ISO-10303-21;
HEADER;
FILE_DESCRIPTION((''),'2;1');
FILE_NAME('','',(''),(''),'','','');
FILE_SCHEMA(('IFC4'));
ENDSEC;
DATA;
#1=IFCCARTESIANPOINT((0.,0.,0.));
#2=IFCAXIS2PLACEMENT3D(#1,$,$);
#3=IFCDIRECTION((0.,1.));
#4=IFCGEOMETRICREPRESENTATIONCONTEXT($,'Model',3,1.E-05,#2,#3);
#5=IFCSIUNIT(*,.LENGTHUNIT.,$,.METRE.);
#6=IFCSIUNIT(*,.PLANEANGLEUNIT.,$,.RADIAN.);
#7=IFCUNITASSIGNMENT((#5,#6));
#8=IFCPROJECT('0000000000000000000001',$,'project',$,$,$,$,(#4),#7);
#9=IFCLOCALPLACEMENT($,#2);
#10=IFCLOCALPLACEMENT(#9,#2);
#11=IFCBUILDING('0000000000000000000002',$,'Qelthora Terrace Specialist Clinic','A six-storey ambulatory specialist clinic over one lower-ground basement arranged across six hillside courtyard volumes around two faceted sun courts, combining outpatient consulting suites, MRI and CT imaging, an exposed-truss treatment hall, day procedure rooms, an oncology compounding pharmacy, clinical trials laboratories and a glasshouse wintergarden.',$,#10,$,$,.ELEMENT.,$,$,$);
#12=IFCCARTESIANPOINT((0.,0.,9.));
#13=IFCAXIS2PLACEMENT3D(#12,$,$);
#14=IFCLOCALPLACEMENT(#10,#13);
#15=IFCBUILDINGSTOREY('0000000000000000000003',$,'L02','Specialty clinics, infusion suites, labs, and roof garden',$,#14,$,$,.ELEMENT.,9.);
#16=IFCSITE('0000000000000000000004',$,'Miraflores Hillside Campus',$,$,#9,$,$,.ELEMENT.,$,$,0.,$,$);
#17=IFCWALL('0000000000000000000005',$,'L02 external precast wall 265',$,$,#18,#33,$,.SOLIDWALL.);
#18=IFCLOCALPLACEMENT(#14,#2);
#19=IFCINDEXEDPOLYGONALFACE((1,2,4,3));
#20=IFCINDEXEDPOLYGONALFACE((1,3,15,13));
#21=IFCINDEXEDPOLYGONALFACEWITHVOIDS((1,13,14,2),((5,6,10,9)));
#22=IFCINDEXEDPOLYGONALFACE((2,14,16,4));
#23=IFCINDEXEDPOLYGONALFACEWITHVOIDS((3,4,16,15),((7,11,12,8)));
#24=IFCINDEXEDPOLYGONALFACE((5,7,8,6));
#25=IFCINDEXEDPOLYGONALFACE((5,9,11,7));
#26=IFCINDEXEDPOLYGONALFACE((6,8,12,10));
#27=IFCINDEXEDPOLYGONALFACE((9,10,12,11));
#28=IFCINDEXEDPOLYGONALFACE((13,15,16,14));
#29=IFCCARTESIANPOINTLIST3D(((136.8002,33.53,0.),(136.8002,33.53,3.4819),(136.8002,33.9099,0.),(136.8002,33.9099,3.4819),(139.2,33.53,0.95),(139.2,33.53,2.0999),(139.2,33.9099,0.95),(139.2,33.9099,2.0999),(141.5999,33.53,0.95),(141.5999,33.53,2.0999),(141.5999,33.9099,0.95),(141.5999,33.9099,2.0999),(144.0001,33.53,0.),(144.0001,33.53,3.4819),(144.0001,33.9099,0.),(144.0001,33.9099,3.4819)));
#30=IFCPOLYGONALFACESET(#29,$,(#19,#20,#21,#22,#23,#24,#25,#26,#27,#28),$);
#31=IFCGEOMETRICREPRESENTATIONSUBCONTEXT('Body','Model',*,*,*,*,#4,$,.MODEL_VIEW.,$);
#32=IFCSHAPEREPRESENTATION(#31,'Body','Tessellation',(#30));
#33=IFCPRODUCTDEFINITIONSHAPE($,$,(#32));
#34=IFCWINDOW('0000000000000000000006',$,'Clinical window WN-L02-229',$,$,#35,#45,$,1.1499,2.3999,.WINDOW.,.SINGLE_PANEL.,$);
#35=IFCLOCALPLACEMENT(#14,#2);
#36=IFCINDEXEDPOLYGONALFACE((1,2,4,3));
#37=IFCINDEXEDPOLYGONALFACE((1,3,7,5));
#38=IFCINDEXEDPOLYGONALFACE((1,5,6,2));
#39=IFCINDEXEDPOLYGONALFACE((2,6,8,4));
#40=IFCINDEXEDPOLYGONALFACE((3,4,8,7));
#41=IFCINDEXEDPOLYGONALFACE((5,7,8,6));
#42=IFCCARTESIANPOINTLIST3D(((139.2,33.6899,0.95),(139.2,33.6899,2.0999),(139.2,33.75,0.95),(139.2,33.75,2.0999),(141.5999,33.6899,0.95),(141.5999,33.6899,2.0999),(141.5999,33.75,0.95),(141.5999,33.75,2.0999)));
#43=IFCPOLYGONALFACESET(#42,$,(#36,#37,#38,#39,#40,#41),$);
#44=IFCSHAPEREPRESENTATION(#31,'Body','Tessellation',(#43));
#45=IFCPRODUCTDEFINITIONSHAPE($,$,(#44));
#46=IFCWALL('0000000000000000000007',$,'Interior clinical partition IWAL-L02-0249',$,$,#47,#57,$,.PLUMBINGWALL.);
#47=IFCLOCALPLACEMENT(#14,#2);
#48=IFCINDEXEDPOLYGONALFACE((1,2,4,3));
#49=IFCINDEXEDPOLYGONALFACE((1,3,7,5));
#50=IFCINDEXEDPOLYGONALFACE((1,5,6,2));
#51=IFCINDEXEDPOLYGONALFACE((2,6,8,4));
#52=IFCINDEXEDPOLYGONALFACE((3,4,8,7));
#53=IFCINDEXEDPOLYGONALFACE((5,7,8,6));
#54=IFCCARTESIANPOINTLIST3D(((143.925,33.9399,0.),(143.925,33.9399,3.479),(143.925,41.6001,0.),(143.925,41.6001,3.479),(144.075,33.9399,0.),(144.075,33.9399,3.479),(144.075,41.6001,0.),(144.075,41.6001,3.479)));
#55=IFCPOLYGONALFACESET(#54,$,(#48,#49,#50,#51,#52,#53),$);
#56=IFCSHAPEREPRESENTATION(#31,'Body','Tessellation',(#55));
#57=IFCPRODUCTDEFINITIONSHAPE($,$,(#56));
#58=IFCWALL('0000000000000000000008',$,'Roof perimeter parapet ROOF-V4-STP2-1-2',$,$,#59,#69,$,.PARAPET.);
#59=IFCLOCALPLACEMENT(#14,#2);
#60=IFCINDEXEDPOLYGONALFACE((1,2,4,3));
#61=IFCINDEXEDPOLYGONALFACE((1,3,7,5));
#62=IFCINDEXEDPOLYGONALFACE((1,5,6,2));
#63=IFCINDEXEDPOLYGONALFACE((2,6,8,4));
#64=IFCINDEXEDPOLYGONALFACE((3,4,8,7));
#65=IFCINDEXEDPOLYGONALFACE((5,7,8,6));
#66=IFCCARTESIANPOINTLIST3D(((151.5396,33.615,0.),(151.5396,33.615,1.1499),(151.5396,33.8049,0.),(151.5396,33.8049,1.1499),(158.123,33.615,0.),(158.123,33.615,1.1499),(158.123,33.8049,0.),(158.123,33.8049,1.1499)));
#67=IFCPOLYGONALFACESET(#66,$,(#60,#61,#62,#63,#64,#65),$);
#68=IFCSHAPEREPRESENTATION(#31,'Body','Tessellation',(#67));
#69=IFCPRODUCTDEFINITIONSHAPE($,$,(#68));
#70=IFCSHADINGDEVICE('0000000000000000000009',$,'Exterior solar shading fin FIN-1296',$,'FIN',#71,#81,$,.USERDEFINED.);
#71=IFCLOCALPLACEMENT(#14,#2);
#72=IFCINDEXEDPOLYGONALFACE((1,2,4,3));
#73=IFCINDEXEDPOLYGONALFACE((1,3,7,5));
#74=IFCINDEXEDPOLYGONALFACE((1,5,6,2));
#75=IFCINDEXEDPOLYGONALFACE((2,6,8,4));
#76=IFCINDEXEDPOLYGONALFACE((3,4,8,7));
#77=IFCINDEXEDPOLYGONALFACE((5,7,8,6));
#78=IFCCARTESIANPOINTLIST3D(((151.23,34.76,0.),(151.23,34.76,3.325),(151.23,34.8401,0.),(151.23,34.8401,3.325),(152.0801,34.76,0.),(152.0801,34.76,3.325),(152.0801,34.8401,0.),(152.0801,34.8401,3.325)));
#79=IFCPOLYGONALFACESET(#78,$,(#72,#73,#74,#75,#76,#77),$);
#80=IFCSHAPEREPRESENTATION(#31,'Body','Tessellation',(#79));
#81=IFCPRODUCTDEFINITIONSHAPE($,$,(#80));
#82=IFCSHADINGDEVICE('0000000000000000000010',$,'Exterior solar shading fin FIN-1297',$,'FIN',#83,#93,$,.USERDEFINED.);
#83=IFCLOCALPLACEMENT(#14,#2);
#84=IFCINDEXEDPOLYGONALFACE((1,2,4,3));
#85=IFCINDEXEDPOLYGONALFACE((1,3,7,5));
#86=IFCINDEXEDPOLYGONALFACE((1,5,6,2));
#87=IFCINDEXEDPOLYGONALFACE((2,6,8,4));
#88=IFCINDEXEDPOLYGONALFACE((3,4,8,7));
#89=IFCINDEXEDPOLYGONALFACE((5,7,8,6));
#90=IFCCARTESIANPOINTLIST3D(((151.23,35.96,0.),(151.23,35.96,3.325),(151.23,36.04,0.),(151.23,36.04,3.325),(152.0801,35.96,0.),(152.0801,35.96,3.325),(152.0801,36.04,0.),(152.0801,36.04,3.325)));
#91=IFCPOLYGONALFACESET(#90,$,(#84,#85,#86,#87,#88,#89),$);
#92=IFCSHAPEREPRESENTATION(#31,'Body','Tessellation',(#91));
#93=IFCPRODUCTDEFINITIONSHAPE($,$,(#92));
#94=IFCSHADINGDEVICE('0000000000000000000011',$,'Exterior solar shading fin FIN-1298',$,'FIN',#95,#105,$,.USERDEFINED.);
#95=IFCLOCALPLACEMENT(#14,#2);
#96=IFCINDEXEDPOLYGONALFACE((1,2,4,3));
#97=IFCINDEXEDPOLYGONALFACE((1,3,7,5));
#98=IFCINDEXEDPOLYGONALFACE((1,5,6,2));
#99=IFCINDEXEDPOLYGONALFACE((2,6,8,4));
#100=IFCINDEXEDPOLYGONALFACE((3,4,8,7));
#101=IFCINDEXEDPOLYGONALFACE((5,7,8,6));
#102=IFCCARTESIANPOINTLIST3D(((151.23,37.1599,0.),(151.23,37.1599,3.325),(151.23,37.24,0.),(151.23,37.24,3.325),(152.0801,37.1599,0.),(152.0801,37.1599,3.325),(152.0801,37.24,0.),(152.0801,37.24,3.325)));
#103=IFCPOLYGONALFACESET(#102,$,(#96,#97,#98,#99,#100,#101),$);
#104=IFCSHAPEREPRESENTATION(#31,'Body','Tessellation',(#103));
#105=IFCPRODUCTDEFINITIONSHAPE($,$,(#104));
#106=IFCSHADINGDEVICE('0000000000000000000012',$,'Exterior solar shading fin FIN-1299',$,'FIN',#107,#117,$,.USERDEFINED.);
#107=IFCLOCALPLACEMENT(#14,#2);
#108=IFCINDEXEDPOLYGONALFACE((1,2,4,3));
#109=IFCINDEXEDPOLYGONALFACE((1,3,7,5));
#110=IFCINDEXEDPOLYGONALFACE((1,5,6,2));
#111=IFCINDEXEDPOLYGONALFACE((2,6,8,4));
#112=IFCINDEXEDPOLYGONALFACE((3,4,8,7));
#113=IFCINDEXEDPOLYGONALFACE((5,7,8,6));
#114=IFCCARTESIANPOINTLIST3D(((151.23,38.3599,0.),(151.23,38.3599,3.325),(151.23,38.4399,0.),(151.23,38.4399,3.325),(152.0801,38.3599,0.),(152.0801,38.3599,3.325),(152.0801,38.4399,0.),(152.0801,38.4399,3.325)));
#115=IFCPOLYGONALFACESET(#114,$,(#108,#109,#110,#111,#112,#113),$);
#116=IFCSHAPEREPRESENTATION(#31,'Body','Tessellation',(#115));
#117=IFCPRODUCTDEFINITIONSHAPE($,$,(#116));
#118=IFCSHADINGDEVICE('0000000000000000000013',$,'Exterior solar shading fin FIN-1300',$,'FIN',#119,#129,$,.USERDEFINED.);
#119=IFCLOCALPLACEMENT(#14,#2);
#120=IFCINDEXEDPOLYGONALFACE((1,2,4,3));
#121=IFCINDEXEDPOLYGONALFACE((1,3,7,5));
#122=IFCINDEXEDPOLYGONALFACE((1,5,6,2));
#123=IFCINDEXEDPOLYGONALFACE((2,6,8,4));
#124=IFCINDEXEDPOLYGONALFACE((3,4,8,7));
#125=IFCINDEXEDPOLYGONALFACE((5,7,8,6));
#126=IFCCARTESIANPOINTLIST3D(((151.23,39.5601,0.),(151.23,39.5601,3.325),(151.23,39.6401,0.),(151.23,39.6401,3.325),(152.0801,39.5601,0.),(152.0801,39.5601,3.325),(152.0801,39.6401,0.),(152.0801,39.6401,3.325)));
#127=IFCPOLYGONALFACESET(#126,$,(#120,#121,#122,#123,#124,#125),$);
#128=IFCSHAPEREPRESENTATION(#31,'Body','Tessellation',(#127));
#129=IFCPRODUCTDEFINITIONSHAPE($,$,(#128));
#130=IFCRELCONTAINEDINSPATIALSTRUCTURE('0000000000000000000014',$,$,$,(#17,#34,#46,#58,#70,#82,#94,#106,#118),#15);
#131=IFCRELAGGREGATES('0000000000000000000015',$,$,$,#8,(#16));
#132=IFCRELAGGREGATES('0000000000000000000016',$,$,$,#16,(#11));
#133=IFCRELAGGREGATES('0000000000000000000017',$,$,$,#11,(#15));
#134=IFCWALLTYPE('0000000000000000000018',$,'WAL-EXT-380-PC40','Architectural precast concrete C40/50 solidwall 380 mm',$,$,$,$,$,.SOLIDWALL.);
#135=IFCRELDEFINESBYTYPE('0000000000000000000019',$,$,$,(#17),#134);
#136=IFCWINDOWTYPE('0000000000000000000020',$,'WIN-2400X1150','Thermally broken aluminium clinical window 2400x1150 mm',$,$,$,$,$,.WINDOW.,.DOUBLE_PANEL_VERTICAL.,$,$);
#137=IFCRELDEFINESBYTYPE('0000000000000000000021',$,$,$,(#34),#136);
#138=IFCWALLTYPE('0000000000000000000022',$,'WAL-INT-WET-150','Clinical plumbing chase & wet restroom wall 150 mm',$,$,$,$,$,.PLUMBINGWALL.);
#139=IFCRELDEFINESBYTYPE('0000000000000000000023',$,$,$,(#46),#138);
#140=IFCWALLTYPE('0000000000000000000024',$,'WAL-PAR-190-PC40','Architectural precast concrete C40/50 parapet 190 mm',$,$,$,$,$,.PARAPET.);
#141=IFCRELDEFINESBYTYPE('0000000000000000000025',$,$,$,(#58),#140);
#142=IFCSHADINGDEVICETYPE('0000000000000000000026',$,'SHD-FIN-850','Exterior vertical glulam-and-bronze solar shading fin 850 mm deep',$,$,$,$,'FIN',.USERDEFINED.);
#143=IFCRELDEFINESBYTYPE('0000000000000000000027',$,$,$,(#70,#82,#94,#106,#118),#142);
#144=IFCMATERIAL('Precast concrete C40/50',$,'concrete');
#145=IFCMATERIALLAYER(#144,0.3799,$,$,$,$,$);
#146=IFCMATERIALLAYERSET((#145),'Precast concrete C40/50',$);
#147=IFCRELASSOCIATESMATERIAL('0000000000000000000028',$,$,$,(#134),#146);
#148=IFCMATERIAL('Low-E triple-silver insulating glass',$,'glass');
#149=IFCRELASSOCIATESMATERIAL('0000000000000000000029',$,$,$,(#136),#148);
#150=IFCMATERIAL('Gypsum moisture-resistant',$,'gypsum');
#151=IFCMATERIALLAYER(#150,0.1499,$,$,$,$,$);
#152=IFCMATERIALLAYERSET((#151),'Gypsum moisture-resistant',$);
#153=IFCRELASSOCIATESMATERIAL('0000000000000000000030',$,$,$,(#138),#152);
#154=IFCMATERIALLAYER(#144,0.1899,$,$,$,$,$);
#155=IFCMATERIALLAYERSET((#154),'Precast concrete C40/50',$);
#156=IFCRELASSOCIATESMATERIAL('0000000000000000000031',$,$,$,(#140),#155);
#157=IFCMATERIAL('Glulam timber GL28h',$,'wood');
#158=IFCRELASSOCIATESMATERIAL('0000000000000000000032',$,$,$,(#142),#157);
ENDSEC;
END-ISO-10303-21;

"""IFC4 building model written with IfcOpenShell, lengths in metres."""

from ifc_helpers import new_model, si_unit, direction, frame, frame_2d, origin, origin_2d, place, context, subcontext, project, spatial, rectangle, extrude, material, layer, layer_set, type_object, element, fill, save


model = new_model("IFC4")

# Units and contexts
model_context = context("Model", 3, precision=1e-05, world=origin(), true_north=direction((0.0, 1.0)))
body_context = subcontext(model_context, "Body", "Model", "MODEL_VIEW")
ifc_project = project(units=[si_unit("LENGTHUNIT", "METRE"), si_unit("PLANEANGLEUNIT", "RADIAN")], contexts=[model_context])

# Site, building, storey
site_placement = place(None, origin())
site = spatial("IfcSite", under=ifc_project, at=site_placement, Name="Miraflores Hillside Campus", CompositionType="ELEMENT", RefElevation=0.0)
building_placement = place(site_placement, origin())
building = spatial("IfcBuilding", under=site, at=building_placement, Name="Qelthora Terrace Specialist Clinic", Description="A six-storey ambulatory specialist clinic over one lower-ground basement arranged across six hillside courtyard volumes around two faceted sun courts, combining outpatient consulting suites, MRI and CT imaging, an exposed-truss treatment hall, day procedure rooms, an oncology compounding pharmacy, clinical trials laboratories and a glasshouse wintergarden.", CompositionType="ELEMENT")
storey_placement = place(building_placement, frame((0.0, 0.0, 9.0)))
storey = spatial("IfcBuildingStorey", under=building, at=storey_placement, Name="L02", Description="Specialty clinics, infusion suites, labs, and roof garden", CompositionType="ELEMENT", Elevation=9.0)

# Wall, opening, window
ifc_material_1 = material(Name="Precast concrete C40/50", Category="concrete")
ifc_material_2 = material(Name="Low-E triple-silver insulating glass", Category="glass")
ifc_layer_1 = layer(ifc_material_1, 0.3799)
ifc_layer_set_1 = layer_set([ifc_layer_1], Name="Precast concrete C40/50")
wall_type_1 = type_object("IfcWallType", Name="WAL-EXT-380-PC40", Description="Architectural precast concrete C40/50 solidwall 380 mm", PredefinedType="SOLIDWALL", material=ifc_layer_set_1)
wall_1_placement = place(storey_placement, frame((136.8, 33.72, 0.0), z_axis=(0.0, 0.0, 1.0), x_axis=(1.0, 0.0, 0.0)))
wall_1 = element("IfcWall", 1, at=wall_1_placement, inside=storey, type_object=wall_type_1, Name="L02 external precast wall 265", PredefinedType="SOLIDWALL", context=body_context, shape_type="SweptSolid", body=[
    extrude(rectangle(XDim=7.2, YDim=0.3799, at=frame_2d((3.6001, 0.0))), origin(), (0.0, 0.0, 1.0), 3.4819),
])
opening_1_placement = place(wall_1_placement, frame((2.3999, 0.0, 0.95)))
opening_1 = element("IfcOpeningElement", 2, at=opening_1_placement, cuts=wall_1, PredefinedType="OPENING", context=body_context, shape_type="SweptSolid", body=[
    extrude(rectangle(XDim=2.3999, YDim=1.1499, at=frame_2d((1.2, 0.575))), frame((0.0, 0.2, 0.0), z_axis=(0.0, -1.0, 0.0), x_axis=(1.0, 0.0, 0.0)), (0.0, 0.0, 1.0), 0.3999),
])
window_type_1 = type_object("IfcWindowType", Name="WIN-2400X1150", Description="Thermally broken aluminium clinical window 2400x1150 mm", PartitioningType="DOUBLE_PANEL_VERTICAL", PredefinedType="WINDOW", material=ifc_material_2)
window_1_placement = place(opening_1_placement, origin())
window_1 = element("IfcWindow", 3, at=window_1_placement, inside=storey, type_object=window_type_1, Name="Clinical window WN-L02-229", OverallHeight=1.1499, OverallWidth=2.3999, PartitioningType="SINGLE_PANEL", PredefinedType="WINDOW", context=body_context, shape_type="SweptSolid", body=[
    extrude(rectangle(XDim=2.3999, YDim=1.1499, at=frame_2d((1.2, 0.575))), frame((0.0, 0.03, 0.0), z_axis=(0.0, -1.0, 0.0), x_axis=(1.0, 0.0, 0.0)), (0.0, 0.0, 1.0), 0.0601),
])
fill(opening_1, window_1)

# Walls
ifc_material_3 = material(Name="Gypsum moisture-resistant", Category="gypsum")
ifc_layer_2 = layer(ifc_material_3, 0.1499)
ifc_layer_set_2 = layer_set([ifc_layer_2], Name="Gypsum moisture-resistant")
wall_type_2 = type_object("IfcWallType", Name="WAL-INT-WET-150", Description="Clinical plumbing chase & wet restroom wall 150 mm", PredefinedType="PLUMBINGWALL", material=ifc_layer_set_2)
wall_2_placement = place(storey_placement, frame((144.0, 33.9399, 0.0), z_axis=(0.0, 0.0, 1.0), x_axis=(0.0, 1.0, 0.0)))
element("IfcWall", 4, at=wall_2_placement, inside=storey, type_object=wall_type_2, Name="Interior clinical partition IWAL-L02-0249", PredefinedType="PLUMBINGWALL", context=body_context, shape_type="SweptSolid", body=[
    extrude(rectangle(XDim=7.6602, YDim=0.1499, at=frame_2d((3.8301, 0.0))), origin(), (0.0, 0.0, 1.0), 3.479),
])
ifc_layer_3 = layer(ifc_material_1, 0.1899)
ifc_layer_set_3 = layer_set([ifc_layer_3], Name="Precast concrete C40/50")
wall_type_3 = type_object("IfcWallType", Name="WAL-PAR-190-PC40", Description="Architectural precast concrete C40/50 parapet 190 mm", PredefinedType="PARAPET", material=ifc_layer_set_3)
wall_3_placement = place(storey_placement, frame((158.123, 33.71, 0.0), z_axis=(0.0, 0.0, 1.0), x_axis=(-1.0, 0.0, 0.0)))
element("IfcWall", 5, at=wall_3_placement, inside=storey, type_object=wall_type_3, Name="Roof perimeter parapet ROOF-V4-STP2-1-2", PredefinedType="PARAPET", context=body_context, shape_type="SweptSolid", body=[
    extrude(rectangle(XDim=6.5835, YDim=0.1899, at=frame_2d((3.2917, 0.0))), origin(), (0.0, 0.0, 1.0), 1.1499),
])

# Shading devices
ifc_material_4 = material(Name="Glulam timber GL28h", Category="wood")
shading_device_type = type_object("IfcShadingDeviceType", Name="SHD-FIN-850", Description="Exterior vertical glulam-and-bronze solar shading fin 850 mm deep", ElementType="FIN", PredefinedType="USERDEFINED", material=ifc_material_4)
for number, where, z_axis, x_axis, name in (
    (6, (151.655, 34.8, 0.0), (0.0, 0.0, 1.0), (1.0, 0.0, 0.0), "Exterior solar shading fin FIN-1296"),
    (7, (151.655, 36.0, 0.0), (0.0, 0.0, 1.0), (1.0, 0.0, 0.0), "Exterior solar shading fin FIN-1297"),
    (8, (151.655, 37.2, 0.0), (0.0, 0.0, 1.0), (1.0, 0.0, 0.0), "Exterior solar shading fin FIN-1298"),
    (9, (151.655, 38.3999, 0.0), (0.0, 0.0, 1.0), (1.0, 0.0, 0.0), "Exterior solar shading fin FIN-1299"),
    (10, (151.655, 39.6001, 0.0), (0.0, 0.0, 1.0), (1.0, 0.0, 0.0), "Exterior solar shading fin FIN-1300"),
):
    element("IfcShadingDevice", number, at=place(storey_placement, frame(where, z_axis=z_axis, x_axis=x_axis)), inside=storey, type_object=shading_device_type, Name=name, ObjectType="FIN", PredefinedType="USERDEFINED", context=body_context, shape_type="SweptSolid", body=[
        extrude(rectangle(XDim=0.8501, YDim=0.0801, at=origin_2d()), origin(), (0.0, 0.0, 1.0), 3.325),
    ])

save(model, "model.ifc")
